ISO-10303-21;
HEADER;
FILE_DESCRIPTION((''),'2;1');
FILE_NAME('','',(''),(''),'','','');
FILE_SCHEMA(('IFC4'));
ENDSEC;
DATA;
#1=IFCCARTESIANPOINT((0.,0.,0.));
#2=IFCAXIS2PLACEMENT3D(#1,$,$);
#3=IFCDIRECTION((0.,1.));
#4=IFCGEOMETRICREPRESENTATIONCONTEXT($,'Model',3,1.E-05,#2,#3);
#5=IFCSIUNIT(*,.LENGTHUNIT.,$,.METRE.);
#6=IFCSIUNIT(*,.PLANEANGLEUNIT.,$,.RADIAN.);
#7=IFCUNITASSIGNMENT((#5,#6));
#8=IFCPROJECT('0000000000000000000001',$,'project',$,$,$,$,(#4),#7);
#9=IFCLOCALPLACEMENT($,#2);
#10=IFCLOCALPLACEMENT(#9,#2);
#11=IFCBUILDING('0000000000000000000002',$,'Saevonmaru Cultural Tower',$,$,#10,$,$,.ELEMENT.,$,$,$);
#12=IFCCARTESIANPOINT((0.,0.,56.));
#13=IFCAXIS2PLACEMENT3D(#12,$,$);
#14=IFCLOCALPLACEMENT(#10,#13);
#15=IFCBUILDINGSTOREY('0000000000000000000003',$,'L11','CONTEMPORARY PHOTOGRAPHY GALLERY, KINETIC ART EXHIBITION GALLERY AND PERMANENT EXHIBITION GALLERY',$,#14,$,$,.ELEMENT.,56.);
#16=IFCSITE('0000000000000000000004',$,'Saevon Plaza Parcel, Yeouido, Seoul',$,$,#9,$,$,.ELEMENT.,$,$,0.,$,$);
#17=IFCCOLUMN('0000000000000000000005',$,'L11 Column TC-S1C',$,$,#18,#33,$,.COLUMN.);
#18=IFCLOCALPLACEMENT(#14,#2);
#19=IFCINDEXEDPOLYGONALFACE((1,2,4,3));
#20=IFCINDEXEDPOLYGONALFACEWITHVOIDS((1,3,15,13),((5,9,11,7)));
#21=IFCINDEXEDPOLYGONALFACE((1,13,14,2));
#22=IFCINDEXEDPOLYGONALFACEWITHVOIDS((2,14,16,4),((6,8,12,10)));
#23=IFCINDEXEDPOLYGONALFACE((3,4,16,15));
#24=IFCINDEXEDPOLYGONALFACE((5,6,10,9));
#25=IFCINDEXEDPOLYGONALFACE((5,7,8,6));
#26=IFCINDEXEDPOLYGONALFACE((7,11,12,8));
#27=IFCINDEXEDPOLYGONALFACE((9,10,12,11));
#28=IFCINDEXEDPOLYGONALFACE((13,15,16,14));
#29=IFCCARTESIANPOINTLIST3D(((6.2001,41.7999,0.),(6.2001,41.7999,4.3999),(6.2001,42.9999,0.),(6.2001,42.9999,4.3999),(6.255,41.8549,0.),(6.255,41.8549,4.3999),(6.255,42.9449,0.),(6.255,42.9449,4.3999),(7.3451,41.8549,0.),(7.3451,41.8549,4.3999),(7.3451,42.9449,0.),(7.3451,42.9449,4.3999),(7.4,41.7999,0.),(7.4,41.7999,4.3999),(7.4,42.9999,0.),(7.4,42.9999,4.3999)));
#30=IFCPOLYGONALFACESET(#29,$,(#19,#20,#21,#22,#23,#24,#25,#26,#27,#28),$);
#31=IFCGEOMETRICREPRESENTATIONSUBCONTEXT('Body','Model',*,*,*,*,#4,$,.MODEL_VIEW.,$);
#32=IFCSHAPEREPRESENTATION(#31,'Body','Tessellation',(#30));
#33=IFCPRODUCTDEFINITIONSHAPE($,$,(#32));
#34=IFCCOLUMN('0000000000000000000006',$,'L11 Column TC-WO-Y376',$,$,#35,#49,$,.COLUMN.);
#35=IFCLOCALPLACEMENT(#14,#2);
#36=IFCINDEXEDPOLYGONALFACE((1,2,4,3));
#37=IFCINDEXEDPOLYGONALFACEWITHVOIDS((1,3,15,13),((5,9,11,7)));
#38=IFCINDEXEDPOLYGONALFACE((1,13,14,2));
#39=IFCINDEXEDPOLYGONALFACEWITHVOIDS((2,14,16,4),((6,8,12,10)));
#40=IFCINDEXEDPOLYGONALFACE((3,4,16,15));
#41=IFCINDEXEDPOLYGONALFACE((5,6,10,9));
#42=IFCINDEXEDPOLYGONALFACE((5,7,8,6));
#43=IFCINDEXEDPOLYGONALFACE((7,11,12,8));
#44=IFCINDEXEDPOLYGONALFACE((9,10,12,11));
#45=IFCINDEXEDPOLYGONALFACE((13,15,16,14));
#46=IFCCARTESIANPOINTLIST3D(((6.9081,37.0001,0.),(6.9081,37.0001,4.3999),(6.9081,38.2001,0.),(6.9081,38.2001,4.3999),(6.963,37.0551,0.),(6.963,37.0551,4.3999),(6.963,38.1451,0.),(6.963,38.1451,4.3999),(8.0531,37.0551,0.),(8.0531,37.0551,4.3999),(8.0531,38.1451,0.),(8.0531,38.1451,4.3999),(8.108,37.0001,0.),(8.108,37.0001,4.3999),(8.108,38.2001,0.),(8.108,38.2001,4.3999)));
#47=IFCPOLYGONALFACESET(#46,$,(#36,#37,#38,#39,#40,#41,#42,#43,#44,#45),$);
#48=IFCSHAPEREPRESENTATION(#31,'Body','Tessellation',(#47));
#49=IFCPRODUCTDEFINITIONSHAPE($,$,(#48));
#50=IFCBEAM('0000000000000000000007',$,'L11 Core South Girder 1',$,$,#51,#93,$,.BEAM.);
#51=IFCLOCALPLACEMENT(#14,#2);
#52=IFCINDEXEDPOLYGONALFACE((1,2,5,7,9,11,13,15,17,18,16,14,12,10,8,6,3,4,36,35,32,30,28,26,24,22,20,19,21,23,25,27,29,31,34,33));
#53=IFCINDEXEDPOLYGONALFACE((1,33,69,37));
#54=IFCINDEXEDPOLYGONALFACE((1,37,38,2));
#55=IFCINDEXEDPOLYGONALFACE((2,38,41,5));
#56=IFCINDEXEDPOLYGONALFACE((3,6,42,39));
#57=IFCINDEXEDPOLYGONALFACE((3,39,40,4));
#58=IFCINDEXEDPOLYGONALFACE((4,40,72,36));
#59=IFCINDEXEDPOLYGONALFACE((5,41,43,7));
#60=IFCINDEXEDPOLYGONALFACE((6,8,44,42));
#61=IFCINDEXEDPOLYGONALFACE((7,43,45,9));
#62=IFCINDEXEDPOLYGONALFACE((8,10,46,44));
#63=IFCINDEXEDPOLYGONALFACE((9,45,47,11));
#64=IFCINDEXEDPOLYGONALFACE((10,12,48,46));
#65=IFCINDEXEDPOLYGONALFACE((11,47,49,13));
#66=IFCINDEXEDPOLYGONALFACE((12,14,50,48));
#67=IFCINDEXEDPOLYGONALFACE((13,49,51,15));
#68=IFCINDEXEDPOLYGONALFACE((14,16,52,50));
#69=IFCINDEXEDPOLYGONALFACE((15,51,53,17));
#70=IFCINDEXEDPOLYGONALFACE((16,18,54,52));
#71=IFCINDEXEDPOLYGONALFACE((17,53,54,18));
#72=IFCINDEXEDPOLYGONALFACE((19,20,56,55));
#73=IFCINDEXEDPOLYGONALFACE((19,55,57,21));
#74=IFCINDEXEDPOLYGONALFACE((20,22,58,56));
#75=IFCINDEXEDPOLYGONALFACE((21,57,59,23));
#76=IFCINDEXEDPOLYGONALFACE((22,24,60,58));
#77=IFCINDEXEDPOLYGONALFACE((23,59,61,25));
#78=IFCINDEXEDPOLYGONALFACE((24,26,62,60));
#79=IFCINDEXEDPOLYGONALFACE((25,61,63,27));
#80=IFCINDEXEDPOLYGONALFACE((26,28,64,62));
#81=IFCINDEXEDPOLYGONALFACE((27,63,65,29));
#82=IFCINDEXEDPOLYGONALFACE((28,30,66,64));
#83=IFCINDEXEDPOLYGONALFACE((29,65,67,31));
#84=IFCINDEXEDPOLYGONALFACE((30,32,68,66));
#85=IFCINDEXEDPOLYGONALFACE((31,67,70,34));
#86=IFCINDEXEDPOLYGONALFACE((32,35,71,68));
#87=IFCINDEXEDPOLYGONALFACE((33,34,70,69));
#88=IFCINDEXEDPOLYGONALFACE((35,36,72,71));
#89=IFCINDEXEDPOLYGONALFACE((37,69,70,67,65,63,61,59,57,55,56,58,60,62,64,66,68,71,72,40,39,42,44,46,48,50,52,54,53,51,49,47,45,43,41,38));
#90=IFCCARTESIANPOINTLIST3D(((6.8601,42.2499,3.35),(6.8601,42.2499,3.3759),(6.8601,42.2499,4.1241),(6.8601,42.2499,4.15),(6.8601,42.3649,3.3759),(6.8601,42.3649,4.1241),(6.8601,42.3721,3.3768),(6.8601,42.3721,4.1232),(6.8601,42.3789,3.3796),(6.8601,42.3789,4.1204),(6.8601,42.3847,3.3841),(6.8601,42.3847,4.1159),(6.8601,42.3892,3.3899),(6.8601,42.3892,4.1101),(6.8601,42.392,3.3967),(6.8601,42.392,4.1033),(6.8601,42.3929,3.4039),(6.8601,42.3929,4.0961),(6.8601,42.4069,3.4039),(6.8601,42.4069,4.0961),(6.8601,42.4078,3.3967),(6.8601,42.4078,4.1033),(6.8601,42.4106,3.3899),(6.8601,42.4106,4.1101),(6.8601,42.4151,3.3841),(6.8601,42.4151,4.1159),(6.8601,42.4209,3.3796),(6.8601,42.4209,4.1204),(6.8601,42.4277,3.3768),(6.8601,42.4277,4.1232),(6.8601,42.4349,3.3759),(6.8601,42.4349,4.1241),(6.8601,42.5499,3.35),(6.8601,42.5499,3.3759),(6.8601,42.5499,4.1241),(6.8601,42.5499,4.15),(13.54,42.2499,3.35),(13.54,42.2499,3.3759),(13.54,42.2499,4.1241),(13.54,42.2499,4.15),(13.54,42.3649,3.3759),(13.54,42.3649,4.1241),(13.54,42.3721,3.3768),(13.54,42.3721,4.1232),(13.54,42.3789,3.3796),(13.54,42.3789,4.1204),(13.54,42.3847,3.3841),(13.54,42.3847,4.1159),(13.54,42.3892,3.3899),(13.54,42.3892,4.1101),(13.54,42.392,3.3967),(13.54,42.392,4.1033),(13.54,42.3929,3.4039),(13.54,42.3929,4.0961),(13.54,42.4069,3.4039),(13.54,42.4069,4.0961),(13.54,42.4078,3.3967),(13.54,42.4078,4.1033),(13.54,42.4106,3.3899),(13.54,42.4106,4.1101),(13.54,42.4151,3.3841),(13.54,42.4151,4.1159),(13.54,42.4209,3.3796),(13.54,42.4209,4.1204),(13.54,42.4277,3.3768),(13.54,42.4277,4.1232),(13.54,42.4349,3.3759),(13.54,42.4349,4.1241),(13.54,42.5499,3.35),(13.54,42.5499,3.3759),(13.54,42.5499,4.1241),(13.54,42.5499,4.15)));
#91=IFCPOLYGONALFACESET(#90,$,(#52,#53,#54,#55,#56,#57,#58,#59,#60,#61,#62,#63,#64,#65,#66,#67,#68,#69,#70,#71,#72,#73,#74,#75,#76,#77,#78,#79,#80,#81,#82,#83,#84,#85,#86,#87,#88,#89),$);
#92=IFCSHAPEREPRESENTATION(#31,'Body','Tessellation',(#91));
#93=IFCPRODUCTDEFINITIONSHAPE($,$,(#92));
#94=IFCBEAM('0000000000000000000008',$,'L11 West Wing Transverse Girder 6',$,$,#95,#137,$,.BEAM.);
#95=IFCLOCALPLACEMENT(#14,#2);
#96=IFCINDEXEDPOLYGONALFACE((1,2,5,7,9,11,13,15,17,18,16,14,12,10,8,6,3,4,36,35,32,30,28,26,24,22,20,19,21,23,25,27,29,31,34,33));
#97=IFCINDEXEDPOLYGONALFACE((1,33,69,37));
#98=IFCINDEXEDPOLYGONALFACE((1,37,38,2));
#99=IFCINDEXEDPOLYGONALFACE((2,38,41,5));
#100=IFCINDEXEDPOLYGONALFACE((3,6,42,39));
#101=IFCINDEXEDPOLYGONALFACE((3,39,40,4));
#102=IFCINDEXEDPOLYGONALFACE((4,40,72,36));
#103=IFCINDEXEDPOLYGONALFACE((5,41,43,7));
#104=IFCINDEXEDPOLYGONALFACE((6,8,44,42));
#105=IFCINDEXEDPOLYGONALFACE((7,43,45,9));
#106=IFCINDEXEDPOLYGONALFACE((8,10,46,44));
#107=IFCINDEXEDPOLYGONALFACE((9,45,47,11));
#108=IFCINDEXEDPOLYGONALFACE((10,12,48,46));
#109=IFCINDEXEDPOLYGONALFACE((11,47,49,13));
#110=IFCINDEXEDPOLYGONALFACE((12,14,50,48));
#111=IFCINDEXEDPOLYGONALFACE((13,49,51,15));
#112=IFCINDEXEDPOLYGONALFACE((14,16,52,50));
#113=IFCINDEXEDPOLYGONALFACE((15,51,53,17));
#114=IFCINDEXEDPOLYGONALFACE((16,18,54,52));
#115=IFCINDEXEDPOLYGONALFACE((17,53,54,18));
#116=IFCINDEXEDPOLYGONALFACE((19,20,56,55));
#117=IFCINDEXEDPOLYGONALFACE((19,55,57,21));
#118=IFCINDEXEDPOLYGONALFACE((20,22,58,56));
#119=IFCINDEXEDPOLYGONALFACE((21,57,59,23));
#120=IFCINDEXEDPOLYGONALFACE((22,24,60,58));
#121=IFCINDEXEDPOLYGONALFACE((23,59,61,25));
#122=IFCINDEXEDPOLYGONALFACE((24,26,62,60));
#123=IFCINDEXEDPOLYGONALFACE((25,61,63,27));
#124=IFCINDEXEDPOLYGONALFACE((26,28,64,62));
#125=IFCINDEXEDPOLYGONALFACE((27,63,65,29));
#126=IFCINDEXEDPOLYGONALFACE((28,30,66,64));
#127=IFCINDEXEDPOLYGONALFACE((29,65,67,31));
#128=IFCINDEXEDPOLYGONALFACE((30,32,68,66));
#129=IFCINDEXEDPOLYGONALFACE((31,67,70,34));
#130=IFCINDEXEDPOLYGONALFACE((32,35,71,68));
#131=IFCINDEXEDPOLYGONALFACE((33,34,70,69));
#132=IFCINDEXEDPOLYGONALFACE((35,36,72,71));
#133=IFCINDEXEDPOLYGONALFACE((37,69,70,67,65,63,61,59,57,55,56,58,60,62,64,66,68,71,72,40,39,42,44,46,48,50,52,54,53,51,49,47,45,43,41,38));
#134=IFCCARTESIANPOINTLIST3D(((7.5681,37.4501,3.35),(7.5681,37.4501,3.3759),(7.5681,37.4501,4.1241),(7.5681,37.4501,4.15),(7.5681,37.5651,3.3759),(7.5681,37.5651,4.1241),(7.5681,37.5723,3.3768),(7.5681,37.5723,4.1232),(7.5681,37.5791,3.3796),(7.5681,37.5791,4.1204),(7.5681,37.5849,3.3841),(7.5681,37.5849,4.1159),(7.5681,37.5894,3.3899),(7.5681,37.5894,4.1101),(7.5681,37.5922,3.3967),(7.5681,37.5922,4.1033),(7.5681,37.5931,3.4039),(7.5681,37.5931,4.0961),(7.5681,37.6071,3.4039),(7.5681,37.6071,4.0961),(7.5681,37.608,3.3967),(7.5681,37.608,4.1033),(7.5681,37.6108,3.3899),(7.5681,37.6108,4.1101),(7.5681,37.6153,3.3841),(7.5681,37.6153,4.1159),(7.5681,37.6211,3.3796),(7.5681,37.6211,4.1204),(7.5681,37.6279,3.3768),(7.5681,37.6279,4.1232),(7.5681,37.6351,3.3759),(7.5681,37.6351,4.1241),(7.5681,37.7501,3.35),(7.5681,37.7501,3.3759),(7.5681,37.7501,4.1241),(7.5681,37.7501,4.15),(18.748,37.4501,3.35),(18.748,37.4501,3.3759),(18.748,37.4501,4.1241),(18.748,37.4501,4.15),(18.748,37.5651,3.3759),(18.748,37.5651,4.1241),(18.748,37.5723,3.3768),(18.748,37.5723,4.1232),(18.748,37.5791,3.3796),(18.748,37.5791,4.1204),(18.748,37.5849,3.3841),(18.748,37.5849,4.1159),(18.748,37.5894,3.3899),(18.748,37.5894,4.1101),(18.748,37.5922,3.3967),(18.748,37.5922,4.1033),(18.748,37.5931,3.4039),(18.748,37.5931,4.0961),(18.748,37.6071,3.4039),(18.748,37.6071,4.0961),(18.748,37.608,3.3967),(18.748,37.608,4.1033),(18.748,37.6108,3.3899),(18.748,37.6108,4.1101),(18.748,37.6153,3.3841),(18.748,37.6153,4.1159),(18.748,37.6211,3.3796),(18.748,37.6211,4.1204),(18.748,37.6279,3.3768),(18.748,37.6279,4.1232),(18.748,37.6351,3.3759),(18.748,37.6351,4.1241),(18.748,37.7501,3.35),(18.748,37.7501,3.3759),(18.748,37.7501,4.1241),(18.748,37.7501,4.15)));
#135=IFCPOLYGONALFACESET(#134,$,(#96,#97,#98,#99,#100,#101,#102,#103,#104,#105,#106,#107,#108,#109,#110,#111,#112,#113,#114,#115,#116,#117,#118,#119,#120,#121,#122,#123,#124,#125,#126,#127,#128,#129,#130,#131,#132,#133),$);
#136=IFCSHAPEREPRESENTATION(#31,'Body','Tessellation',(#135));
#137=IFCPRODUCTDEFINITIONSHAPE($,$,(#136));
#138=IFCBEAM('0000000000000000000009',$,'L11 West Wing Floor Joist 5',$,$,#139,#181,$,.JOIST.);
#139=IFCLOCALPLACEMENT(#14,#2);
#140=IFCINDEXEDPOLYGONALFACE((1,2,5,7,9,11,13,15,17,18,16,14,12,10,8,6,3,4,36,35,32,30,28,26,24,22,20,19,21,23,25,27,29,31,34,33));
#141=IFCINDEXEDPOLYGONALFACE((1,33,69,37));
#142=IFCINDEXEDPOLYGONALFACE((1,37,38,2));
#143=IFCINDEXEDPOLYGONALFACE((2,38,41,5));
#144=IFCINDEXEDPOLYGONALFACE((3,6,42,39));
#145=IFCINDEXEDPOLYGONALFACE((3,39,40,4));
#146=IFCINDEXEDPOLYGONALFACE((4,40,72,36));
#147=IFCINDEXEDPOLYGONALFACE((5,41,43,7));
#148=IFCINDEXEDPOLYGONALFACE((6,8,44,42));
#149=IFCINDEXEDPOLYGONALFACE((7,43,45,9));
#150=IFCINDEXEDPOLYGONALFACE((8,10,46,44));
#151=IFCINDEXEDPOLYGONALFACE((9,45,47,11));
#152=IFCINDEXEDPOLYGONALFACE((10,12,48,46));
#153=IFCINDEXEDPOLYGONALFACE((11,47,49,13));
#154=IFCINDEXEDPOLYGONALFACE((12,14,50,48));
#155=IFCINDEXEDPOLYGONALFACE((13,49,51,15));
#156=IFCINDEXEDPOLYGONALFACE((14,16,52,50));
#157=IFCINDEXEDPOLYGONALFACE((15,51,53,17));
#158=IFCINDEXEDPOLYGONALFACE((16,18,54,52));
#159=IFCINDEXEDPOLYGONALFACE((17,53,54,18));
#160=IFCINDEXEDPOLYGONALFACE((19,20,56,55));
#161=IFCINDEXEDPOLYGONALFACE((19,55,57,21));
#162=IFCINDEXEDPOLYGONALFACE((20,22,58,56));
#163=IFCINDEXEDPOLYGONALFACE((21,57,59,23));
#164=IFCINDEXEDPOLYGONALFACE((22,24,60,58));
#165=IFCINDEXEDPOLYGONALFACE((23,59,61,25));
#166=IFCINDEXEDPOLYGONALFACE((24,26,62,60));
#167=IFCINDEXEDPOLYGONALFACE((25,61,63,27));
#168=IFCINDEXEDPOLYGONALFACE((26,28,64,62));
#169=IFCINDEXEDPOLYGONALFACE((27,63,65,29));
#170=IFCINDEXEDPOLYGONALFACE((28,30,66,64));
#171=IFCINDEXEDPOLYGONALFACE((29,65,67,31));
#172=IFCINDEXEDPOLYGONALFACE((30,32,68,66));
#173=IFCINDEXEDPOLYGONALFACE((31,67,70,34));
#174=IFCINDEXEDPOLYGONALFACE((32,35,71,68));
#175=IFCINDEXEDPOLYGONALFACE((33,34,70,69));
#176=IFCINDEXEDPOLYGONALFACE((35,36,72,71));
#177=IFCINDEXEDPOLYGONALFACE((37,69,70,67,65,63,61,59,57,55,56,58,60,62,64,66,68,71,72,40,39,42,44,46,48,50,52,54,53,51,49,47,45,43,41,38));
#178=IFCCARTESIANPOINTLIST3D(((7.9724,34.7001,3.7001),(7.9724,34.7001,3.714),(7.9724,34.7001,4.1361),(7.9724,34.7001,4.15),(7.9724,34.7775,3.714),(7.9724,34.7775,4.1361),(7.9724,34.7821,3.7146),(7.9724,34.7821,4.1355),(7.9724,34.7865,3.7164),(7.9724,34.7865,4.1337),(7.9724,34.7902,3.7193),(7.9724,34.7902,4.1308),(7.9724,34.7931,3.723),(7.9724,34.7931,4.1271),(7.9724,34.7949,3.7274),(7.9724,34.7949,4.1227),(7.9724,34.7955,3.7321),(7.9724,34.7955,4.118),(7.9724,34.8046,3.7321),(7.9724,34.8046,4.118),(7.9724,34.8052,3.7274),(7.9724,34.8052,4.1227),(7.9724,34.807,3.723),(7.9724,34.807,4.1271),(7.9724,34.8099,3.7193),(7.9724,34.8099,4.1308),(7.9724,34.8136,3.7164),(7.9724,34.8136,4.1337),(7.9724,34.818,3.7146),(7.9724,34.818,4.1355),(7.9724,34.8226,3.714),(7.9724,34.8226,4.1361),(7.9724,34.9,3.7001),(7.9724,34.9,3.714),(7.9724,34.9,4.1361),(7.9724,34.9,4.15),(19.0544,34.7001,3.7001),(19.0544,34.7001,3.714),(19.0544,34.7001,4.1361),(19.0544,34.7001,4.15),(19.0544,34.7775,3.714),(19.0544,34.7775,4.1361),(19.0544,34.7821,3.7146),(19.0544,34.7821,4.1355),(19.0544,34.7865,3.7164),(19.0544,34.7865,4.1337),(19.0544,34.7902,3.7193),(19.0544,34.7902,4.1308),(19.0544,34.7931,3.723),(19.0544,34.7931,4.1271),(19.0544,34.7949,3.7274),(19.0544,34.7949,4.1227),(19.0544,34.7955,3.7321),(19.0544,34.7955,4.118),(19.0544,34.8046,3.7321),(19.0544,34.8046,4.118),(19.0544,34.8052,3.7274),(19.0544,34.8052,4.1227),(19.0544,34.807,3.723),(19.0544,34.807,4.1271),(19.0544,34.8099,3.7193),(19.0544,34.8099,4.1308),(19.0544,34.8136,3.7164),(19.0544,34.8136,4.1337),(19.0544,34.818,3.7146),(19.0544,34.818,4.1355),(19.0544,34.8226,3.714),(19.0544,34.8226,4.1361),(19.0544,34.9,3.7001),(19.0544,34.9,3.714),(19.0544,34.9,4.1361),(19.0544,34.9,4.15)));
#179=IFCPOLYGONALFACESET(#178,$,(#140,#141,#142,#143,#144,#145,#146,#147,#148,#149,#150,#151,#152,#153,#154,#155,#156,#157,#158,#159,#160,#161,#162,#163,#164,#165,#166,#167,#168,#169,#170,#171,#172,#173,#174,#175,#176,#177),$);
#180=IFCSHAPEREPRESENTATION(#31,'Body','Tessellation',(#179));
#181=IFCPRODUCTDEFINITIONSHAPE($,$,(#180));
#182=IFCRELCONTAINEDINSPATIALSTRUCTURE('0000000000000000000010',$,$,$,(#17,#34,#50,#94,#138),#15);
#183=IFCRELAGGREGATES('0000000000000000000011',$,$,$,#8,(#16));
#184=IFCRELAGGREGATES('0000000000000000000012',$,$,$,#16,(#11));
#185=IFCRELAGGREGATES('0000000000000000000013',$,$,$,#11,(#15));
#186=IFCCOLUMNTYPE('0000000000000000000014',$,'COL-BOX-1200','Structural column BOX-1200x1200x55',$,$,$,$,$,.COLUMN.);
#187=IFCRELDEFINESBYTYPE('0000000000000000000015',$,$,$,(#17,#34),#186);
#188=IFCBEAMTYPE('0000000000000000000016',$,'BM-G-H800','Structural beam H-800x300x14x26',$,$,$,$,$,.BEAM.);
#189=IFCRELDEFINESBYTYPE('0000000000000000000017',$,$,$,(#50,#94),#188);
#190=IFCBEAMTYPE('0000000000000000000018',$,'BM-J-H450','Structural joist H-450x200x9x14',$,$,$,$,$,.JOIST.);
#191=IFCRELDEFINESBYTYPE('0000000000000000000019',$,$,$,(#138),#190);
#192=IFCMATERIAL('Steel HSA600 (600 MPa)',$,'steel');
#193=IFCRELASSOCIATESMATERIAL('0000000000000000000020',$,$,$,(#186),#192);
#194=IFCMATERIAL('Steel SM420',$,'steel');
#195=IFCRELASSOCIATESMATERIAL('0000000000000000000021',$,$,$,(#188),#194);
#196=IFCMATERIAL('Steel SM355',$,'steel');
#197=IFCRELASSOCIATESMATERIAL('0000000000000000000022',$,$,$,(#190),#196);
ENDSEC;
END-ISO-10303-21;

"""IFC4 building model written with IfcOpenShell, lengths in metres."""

from ifc_helpers import new_model, si_unit, direction, frame, origin, origin_2d, place, context, subcontext, project, spatial, hollow_rectangle, i_section, extrude, material, material_profile, profile_set, type_object, element, save


model = new_model("IFC4")

# Units and contexts
model_context = context("Model", 3, precision=1e-05, world=origin(), true_north=direction((0.0, 1.0)))
body_context = subcontext(model_context, "Body", "Model", "MODEL_VIEW")
ifc_project = project(units=[si_unit("LENGTHUNIT", "METRE"), si_unit("PLANEANGLEUNIT", "RADIAN")], contexts=[model_context])

# Site, building, storey
site_placement = place(None, origin())
site = spatial("IfcSite", under=ifc_project, at=site_placement, Name="Saevon Plaza Parcel, Yeouido, Seoul", CompositionType="ELEMENT", RefElevation=0.0)
building_placement = place(site_placement, origin())
building = spatial("IfcBuilding", under=site, at=building_placement, Name="Saevonmaru Cultural Tower", CompositionType="ELEMENT")
storey_placement = place(building_placement, frame((0.0, 0.0, 56.0)))
storey = spatial("IfcBuildingStorey", under=building, at=storey_placement, Name="L11", Description="CONTEMPORARY PHOTOGRAPHY GALLERY, KINETIC ART EXHIBITION GALLERY AND PERMANENT EXHIBITION GALLERY", CompositionType="ELEMENT", Elevation=56.0)

# Columns
ifc_material_1 = material(Name="Steel HSA600 (600 MPa)", Category="steel")
ifc_material_profile_1 = material_profile(ifc_material_1, hollow_rectangle(XDim=1.2, YDim=1.2, WallThickness=0.0549, at=origin_2d()), Name="BOX-1200x1200x55")
ifc_profile_set_1 = profile_set([ifc_material_profile_1], Name="Steel HSA600 (600 MPa)")
column_type = type_object("IfcColumnType", Name="COL-BOX-1200", Description="Structural column BOX-1200x1200x55", PredefinedType="COLUMN", material=ifc_profile_set_1)
for number, where, z_axis, x_axis, name in (
    (1, (6.8, 42.3999, 0.0), (0.0, 0.0, 1.0), (1.0, 0.0, 0.0), "L11 Column TC-S1C"),
    (2, (7.5081, 37.6001, 0.0), (0.0, 0.0, 1.0), (1.0, 0.0, 0.0), "L11 Column TC-WO-Y376"),
):
    element("IfcColumn", number, at=place(storey_placement, frame(where, z_axis=z_axis, x_axis=x_axis)), inside=storey, type_object=column_type, Name=name, PredefinedType="COLUMN", context=body_context, shape_type="SweptSolid", body=[
        extrude(hollow_rectangle(XDim=1.2, YDim=1.2, WallThickness=0.0549, at=origin_2d()), origin(), (0.0, 0.0, 1.0), 4.3999),
    ])

# Beams
ifc_material_2 = material(Name="Steel SM420", Category="steel")
ifc_material_profile_2 = material_profile(ifc_material_2, i_section(OverallWidth=0.3, OverallDepth=0.8, WebThickness=0.0139, FlangeThickness=0.0259, FilletRadius=0.0281, at=origin_2d()), Name="H-800x300x14x26")
ifc_profile_set_2 = profile_set([ifc_material_profile_2], Name="Steel SM420")
beam_type_1 = type_object("IfcBeamType", Name="BM-G-H800", Description="Structural beam H-800x300x14x26", PredefinedType="BEAM", material=ifc_profile_set_2)
beam_1_placement = place(storey_placement, frame((6.8601, 42.3999, 3.75), z_axis=(1.0, 0.0, 0.0), x_axis=(0.0, 1.0, 0.0)))
element("IfcBeam", 3, at=beam_1_placement, inside=storey, type_object=beam_type_1, Name="L11 Core South Girder 1", PredefinedType="BEAM", context=body_context, shape_type="SweptSolid", body=[
    extrude(i_section(OverallWidth=0.3, OverallDepth=0.8, WebThickness=0.0139, FlangeThickness=0.0259, FilletRadius=0.0281, at=origin_2d()), origin(), (0.0, 0.0, 1.0), 6.6799),
])
beam_2_placement = place(storey_placement, frame((7.5681, 37.6001, 3.75), z_axis=(1.0, 0.0, 0.0), x_axis=(0.0, 1.0, 0.0)))
element("IfcBeam", 4, at=beam_2_placement, inside=storey, type_object=beam_type_1, Name="L11 West Wing Transverse Girder 6", PredefinedType="BEAM", context=body_context, shape_type="SweptSolid", body=[
    extrude(i_section(OverallWidth=0.3, OverallDepth=0.8, WebThickness=0.0139, FlangeThickness=0.0259, FilletRadius=0.0281, at=origin_2d()), origin(), (0.0, 0.0, 1.0), 11.1799),
])
ifc_material_3 = material(Name="Steel SM355", Category="steel")
ifc_material_profile_3 = material_profile(ifc_material_3, i_section(OverallWidth=0.2, OverallDepth=0.45, WebThickness=0.009, FlangeThickness=0.0139, FilletRadius=0.0181, at=origin_2d()), Name="H-450x200x9x14")
ifc_profile_set_3 = profile_set([ifc_material_profile_3], Name="Steel SM355")
beam_type_2 = type_object("IfcBeamType", Name="BM-J-H450", Description="Structural joist H-450x200x9x14", PredefinedType="JOIST", material=ifc_profile_set_3)
beam_3_placement = place(storey_placement, frame((7.9724, 34.8, 3.925), z_axis=(1.0, 0.0, 0.0), x_axis=(0.0, 1.0, 0.0)))
element("IfcBeam", 5, at=beam_3_placement, inside=storey, type_object=beam_type_2, Name="L11 West Wing Floor Joist 5", PredefinedType="JOIST", context=body_context, shape_type="SweptSolid", body=[
    extrude(i_section(OverallWidth=0.2, OverallDepth=0.45, WebThickness=0.009, FlangeThickness=0.0139, FilletRadius=0.0181, at=origin_2d()), origin(), (0.0, 0.0, 1.0), 11.082),
])

save(model, "model.ifc")
